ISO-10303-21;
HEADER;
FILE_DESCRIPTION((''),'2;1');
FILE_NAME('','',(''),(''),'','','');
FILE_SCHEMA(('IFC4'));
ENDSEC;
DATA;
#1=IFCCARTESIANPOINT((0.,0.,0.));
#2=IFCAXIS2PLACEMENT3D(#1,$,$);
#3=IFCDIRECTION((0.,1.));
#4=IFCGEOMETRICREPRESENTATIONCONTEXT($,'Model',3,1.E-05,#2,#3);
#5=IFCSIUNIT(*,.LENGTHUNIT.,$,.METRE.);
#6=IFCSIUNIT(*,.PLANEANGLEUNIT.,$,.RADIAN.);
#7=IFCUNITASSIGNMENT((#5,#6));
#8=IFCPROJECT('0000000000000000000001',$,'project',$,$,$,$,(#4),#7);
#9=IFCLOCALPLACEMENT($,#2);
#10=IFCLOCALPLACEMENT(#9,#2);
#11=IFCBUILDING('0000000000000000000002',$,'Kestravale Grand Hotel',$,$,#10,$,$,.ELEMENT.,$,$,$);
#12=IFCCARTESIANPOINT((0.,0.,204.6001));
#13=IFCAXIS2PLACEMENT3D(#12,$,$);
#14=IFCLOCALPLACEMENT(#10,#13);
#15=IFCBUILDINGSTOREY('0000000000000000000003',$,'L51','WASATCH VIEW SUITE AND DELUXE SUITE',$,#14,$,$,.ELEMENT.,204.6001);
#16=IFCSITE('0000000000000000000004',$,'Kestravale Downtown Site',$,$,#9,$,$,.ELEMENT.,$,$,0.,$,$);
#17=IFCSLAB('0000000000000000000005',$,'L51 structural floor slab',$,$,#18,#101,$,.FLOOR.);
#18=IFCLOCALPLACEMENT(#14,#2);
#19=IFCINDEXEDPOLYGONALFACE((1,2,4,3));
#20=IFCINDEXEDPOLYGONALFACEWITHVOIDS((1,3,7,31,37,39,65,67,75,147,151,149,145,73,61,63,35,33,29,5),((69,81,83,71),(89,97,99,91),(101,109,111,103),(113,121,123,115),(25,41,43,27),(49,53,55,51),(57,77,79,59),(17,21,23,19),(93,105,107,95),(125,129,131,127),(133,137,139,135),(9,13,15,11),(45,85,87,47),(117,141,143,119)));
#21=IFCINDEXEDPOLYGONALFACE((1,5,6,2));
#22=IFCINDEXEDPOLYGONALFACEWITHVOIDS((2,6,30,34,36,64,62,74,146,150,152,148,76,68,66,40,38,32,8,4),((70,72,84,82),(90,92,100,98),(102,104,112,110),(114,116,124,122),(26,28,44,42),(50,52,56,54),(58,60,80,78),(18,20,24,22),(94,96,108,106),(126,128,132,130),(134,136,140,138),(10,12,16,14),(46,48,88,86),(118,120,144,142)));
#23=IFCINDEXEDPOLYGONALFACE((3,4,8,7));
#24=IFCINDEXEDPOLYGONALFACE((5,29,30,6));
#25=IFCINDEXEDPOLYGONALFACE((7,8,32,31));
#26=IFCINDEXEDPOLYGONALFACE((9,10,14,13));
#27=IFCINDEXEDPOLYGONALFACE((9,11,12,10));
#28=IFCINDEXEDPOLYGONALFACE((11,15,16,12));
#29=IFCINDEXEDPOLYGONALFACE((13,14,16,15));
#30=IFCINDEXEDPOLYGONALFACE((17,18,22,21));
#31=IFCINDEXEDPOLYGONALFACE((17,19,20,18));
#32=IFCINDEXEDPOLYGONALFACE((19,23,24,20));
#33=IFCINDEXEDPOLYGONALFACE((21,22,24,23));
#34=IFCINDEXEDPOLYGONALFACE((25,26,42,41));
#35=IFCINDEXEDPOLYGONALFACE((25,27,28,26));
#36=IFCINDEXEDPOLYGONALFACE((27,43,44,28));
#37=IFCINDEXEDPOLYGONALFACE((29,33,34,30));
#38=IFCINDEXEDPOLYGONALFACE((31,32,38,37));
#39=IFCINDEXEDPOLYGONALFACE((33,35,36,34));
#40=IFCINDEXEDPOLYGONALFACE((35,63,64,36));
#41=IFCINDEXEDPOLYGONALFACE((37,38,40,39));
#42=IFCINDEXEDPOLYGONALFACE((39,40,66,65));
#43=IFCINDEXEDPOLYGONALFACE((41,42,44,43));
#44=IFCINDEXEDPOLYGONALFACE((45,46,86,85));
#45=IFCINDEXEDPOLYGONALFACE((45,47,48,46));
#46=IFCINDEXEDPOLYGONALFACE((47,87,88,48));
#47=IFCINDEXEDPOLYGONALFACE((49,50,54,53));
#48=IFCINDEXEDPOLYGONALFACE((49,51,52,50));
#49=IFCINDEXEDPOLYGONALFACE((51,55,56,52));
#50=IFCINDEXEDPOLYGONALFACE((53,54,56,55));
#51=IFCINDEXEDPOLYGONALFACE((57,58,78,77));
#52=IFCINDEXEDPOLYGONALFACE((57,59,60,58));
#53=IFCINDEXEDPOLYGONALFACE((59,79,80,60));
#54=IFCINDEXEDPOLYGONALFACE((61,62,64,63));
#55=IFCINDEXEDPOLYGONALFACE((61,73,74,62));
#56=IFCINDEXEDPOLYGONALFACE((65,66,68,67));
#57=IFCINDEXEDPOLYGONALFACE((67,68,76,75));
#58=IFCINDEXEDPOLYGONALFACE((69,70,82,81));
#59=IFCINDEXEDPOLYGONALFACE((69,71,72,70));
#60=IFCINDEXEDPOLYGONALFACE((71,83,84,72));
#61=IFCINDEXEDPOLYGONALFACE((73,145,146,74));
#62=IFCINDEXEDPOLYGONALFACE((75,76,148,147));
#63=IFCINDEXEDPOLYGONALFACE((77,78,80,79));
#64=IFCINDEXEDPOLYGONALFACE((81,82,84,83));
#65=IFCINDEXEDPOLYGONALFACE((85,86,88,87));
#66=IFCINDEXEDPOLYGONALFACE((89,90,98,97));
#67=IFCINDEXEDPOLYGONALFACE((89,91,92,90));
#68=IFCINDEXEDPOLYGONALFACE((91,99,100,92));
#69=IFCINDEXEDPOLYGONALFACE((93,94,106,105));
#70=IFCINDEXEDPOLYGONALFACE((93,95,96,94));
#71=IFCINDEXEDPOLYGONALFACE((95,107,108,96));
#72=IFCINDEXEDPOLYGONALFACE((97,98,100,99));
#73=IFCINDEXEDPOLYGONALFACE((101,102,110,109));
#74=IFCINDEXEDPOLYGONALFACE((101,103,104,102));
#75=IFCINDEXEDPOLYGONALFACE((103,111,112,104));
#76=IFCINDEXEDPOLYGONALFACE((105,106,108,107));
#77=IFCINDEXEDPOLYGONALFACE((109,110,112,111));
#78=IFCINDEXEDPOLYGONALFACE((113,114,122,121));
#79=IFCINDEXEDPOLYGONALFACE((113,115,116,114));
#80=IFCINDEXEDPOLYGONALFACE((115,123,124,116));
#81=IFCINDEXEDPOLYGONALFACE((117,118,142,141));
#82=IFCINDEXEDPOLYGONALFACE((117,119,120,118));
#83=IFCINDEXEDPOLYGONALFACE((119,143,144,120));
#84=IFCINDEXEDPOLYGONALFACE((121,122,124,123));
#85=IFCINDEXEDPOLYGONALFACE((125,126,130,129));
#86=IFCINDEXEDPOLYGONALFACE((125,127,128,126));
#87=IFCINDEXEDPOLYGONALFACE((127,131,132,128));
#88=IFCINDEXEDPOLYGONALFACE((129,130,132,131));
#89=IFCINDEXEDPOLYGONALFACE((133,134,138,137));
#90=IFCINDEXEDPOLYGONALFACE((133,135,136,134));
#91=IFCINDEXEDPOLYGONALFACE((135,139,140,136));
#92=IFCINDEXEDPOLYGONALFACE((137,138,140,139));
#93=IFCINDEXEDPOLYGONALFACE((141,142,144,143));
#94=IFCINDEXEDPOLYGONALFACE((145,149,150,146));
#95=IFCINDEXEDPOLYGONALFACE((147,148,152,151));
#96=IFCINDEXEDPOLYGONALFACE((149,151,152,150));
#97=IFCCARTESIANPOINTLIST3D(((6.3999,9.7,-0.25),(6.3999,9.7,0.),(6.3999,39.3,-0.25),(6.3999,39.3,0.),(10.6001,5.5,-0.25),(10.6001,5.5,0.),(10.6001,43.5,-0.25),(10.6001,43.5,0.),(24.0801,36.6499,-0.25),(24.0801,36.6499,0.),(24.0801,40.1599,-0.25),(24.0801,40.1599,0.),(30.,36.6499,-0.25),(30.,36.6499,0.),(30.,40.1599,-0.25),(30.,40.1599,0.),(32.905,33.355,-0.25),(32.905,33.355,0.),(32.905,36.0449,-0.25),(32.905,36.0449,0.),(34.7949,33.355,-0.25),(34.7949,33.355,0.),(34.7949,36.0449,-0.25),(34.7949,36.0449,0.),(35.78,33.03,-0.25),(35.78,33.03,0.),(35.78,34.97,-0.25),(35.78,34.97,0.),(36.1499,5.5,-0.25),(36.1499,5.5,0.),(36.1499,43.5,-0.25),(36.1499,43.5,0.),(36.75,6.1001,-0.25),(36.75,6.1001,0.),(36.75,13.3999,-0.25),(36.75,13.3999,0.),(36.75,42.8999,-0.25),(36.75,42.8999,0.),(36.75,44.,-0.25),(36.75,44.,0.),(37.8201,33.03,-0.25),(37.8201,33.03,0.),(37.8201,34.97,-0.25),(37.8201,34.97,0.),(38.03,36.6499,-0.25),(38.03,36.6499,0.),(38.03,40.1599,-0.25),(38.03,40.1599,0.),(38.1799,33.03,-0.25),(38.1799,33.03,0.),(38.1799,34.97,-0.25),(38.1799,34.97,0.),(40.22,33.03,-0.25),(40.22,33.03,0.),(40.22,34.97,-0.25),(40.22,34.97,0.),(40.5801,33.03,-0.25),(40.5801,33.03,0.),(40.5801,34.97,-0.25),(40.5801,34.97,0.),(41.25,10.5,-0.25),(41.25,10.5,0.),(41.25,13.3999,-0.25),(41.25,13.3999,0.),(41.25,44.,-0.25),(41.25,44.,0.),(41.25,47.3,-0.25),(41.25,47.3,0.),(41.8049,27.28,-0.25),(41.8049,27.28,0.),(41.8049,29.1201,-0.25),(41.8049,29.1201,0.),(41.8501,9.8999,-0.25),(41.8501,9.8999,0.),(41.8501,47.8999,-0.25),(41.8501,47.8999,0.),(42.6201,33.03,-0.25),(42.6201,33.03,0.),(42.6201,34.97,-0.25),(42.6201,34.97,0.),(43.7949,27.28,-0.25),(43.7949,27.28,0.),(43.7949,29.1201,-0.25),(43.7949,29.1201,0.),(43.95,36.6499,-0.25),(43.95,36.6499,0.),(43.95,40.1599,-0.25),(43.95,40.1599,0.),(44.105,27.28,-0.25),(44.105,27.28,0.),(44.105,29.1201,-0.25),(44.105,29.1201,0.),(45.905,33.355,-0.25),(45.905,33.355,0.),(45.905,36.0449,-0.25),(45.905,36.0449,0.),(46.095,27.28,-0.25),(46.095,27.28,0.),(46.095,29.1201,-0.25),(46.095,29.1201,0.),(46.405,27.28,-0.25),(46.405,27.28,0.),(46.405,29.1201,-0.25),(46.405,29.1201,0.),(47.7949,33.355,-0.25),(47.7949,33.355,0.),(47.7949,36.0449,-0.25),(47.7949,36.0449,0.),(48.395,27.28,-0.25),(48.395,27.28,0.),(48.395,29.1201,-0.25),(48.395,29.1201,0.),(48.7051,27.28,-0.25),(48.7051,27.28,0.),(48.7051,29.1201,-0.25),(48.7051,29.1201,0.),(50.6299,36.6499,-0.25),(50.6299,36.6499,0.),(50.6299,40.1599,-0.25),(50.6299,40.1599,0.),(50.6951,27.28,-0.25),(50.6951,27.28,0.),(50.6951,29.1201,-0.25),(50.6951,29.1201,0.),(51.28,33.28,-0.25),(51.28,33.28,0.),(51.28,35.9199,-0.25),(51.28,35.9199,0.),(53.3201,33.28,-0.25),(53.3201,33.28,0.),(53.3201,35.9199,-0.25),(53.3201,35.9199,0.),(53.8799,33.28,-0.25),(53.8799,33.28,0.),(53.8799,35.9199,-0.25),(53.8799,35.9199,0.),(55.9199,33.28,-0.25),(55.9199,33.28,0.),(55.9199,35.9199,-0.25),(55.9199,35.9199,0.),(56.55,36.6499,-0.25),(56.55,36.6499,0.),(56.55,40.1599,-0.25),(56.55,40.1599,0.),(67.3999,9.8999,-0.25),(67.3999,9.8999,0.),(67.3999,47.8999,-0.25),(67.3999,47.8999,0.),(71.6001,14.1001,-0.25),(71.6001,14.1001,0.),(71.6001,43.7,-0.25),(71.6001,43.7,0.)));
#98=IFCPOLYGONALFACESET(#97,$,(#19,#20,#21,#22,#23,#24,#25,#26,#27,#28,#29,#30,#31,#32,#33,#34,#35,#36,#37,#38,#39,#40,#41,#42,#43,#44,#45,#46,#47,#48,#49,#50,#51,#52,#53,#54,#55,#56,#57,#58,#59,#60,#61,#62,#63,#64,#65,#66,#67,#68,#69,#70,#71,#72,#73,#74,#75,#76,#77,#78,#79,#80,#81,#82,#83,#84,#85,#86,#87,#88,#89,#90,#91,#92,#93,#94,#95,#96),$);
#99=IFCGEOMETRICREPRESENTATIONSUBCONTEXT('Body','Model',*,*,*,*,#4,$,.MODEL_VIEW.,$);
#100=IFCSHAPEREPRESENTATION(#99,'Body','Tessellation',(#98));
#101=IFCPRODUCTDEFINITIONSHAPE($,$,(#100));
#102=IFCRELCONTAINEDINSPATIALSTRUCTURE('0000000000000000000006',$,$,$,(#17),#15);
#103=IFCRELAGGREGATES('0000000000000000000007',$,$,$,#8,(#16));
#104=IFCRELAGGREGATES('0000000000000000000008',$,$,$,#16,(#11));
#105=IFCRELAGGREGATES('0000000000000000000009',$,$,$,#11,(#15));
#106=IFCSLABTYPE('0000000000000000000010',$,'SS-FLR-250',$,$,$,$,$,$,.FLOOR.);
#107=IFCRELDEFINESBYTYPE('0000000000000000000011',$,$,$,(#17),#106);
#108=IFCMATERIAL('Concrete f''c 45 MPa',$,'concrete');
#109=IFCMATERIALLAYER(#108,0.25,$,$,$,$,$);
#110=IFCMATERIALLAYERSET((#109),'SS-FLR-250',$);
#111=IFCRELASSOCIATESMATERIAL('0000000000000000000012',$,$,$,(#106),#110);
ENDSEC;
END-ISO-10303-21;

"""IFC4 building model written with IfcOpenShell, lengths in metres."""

from ifc_helpers import new_model, si_unit, direction, frame, origin, place, context, subcontext, project, spatial, polyline, outline, extrude, material, layer, layer_set, type_object, element, save


model = new_model("IFC4")

# Units and contexts
model_context = context("Model", 3, precision=1e-05, world=origin(), true_north=direction((0.0, 1.0)))
body_context = subcontext(model_context, "Body", "Model", "MODEL_VIEW")
ifc_project = project(units=[si_unit("LENGTHUNIT", "METRE"), si_unit("PLANEANGLEUNIT", "RADIAN")], contexts=[model_context])

# Site, building, storey
site_placement = place(None, origin())
site = spatial("IfcSite", under=ifc_project, at=site_placement, Name="Kestravale Downtown Site", CompositionType="ELEMENT", RefElevation=0.0)
building_placement = place(site_placement, origin())
building = spatial("IfcBuilding", under=site, at=building_placement, Name="Kestravale Grand Hotel", CompositionType="ELEMENT")
storey_placement = place(building_placement, frame((0.0, 0.0, 204.6001)))
storey = spatial("IfcBuildingStorey", under=building, at=storey_placement, Name="L51", Description="WASATCH VIEW SUITE AND DELUXE SUITE", CompositionType="ELEMENT", Elevation=204.6001)

# Slab
ifc_material_1 = material(Name="Concrete f'c 45 MPa", Category="concrete")
ifc_layer_1 = layer(ifc_material_1, 0.25)
ifc_layer_set_1 = layer_set([ifc_layer_1], Name="SS-FLR-250")
slab_type_1 = type_object("IfcSlabType", Name="SS-FLR-250", PredefinedType="FLOOR", material=ifc_layer_set_1)
slab_1_placement = place(storey_placement, frame((0.0, 0.0, -0.25)))
element("IfcSlab", 1, at=slab_1_placement, inside=storey, type_object=slab_type_1, Name="L51 structural floor slab", PredefinedType="FLOOR", context=body_context, shape_type="SweptSolid", body=[
    extrude(outline(polyline([(10.6001, 5.5), (36.1499, 5.5), (36.75, 6.1001), (36.75, 13.3999), (41.25, 13.3999), (41.25, 10.5), (41.8501, 9.8999), (67.3999, 9.8999), (71.6001, 14.1001), (71.6001, 43.7), (67.3999, 47.8999), (41.8501, 47.8999), (41.25, 47.3), (41.25, 44.0), (36.75, 44.0), (36.75, 42.8999), (36.1499, 43.5), (10.6001, 43.5), (6.3999, 39.3), (6.3999, 9.7), (10.6001, 5.5)]), holes=[polyline([(24.0801, 36.6499), (30.0, 36.6499), (30.0, 40.1599), (24.0801, 40.1599), (24.0801, 36.6499)]), polyline([(38.03, 36.6499), (43.95, 36.6499), (43.95, 40.1599), (38.03, 40.1599), (38.03, 36.6499)]), polyline([(50.6299, 36.6499), (56.55, 36.6499), (56.55, 40.1599), (50.6299, 40.1599), (50.6299, 36.6499)]), polyline([(41.8049, 27.28), (43.7949, 27.28), (43.7949, 29.1201), (41.8049, 29.1201), (41.8049, 27.28)]), polyline([(44.105, 27.28), (46.095, 27.28), (46.095, 29.1201), (44.105, 29.1201), (44.105, 27.28)]), polyline([(46.405, 27.28), (48.395, 27.28), (48.395, 29.1201), (46.405, 29.1201), (46.405, 27.28)]), polyline([(48.7051, 27.28), (50.6951, 27.28), (50.6951, 29.1201), (48.7051, 29.1201), (48.7051, 27.28)]), polyline([(35.78, 33.03), (37.8201, 33.03), (37.8201, 34.97), (35.78, 34.97), (35.78, 33.03)]), polyline([(38.1799, 33.03), (40.22, 33.03), (40.22, 34.97), (38.1799, 34.97), (38.1799, 33.03)]), polyline([(40.5801, 33.03), (42.6201, 33.03), (42.6201, 34.97), (40.5801, 34.97), (40.5801, 33.03)]), polyline([(32.905, 33.355), (34.7949, 33.355), (34.7949, 36.0449), (32.905, 36.0449), (32.905, 33.355)]), polyline([(45.905, 33.355), (47.7949, 33.355), (47.7949, 36.0449), (45.905, 36.0449), (45.905, 33.355)]), polyline([(51.28, 33.28), (53.3201, 33.28), (53.3201, 35.9199), (51.28, 35.9199), (51.28, 33.28)]), polyline([(53.8799, 33.28), (55.9199, 33.28), (55.9199, 35.9199), (53.8799, 35.9199), (53.8799, 33.28)])]), origin(), (0.0, 0.0, 1.0), 0.25),
])

save(model, "model.ifc")
